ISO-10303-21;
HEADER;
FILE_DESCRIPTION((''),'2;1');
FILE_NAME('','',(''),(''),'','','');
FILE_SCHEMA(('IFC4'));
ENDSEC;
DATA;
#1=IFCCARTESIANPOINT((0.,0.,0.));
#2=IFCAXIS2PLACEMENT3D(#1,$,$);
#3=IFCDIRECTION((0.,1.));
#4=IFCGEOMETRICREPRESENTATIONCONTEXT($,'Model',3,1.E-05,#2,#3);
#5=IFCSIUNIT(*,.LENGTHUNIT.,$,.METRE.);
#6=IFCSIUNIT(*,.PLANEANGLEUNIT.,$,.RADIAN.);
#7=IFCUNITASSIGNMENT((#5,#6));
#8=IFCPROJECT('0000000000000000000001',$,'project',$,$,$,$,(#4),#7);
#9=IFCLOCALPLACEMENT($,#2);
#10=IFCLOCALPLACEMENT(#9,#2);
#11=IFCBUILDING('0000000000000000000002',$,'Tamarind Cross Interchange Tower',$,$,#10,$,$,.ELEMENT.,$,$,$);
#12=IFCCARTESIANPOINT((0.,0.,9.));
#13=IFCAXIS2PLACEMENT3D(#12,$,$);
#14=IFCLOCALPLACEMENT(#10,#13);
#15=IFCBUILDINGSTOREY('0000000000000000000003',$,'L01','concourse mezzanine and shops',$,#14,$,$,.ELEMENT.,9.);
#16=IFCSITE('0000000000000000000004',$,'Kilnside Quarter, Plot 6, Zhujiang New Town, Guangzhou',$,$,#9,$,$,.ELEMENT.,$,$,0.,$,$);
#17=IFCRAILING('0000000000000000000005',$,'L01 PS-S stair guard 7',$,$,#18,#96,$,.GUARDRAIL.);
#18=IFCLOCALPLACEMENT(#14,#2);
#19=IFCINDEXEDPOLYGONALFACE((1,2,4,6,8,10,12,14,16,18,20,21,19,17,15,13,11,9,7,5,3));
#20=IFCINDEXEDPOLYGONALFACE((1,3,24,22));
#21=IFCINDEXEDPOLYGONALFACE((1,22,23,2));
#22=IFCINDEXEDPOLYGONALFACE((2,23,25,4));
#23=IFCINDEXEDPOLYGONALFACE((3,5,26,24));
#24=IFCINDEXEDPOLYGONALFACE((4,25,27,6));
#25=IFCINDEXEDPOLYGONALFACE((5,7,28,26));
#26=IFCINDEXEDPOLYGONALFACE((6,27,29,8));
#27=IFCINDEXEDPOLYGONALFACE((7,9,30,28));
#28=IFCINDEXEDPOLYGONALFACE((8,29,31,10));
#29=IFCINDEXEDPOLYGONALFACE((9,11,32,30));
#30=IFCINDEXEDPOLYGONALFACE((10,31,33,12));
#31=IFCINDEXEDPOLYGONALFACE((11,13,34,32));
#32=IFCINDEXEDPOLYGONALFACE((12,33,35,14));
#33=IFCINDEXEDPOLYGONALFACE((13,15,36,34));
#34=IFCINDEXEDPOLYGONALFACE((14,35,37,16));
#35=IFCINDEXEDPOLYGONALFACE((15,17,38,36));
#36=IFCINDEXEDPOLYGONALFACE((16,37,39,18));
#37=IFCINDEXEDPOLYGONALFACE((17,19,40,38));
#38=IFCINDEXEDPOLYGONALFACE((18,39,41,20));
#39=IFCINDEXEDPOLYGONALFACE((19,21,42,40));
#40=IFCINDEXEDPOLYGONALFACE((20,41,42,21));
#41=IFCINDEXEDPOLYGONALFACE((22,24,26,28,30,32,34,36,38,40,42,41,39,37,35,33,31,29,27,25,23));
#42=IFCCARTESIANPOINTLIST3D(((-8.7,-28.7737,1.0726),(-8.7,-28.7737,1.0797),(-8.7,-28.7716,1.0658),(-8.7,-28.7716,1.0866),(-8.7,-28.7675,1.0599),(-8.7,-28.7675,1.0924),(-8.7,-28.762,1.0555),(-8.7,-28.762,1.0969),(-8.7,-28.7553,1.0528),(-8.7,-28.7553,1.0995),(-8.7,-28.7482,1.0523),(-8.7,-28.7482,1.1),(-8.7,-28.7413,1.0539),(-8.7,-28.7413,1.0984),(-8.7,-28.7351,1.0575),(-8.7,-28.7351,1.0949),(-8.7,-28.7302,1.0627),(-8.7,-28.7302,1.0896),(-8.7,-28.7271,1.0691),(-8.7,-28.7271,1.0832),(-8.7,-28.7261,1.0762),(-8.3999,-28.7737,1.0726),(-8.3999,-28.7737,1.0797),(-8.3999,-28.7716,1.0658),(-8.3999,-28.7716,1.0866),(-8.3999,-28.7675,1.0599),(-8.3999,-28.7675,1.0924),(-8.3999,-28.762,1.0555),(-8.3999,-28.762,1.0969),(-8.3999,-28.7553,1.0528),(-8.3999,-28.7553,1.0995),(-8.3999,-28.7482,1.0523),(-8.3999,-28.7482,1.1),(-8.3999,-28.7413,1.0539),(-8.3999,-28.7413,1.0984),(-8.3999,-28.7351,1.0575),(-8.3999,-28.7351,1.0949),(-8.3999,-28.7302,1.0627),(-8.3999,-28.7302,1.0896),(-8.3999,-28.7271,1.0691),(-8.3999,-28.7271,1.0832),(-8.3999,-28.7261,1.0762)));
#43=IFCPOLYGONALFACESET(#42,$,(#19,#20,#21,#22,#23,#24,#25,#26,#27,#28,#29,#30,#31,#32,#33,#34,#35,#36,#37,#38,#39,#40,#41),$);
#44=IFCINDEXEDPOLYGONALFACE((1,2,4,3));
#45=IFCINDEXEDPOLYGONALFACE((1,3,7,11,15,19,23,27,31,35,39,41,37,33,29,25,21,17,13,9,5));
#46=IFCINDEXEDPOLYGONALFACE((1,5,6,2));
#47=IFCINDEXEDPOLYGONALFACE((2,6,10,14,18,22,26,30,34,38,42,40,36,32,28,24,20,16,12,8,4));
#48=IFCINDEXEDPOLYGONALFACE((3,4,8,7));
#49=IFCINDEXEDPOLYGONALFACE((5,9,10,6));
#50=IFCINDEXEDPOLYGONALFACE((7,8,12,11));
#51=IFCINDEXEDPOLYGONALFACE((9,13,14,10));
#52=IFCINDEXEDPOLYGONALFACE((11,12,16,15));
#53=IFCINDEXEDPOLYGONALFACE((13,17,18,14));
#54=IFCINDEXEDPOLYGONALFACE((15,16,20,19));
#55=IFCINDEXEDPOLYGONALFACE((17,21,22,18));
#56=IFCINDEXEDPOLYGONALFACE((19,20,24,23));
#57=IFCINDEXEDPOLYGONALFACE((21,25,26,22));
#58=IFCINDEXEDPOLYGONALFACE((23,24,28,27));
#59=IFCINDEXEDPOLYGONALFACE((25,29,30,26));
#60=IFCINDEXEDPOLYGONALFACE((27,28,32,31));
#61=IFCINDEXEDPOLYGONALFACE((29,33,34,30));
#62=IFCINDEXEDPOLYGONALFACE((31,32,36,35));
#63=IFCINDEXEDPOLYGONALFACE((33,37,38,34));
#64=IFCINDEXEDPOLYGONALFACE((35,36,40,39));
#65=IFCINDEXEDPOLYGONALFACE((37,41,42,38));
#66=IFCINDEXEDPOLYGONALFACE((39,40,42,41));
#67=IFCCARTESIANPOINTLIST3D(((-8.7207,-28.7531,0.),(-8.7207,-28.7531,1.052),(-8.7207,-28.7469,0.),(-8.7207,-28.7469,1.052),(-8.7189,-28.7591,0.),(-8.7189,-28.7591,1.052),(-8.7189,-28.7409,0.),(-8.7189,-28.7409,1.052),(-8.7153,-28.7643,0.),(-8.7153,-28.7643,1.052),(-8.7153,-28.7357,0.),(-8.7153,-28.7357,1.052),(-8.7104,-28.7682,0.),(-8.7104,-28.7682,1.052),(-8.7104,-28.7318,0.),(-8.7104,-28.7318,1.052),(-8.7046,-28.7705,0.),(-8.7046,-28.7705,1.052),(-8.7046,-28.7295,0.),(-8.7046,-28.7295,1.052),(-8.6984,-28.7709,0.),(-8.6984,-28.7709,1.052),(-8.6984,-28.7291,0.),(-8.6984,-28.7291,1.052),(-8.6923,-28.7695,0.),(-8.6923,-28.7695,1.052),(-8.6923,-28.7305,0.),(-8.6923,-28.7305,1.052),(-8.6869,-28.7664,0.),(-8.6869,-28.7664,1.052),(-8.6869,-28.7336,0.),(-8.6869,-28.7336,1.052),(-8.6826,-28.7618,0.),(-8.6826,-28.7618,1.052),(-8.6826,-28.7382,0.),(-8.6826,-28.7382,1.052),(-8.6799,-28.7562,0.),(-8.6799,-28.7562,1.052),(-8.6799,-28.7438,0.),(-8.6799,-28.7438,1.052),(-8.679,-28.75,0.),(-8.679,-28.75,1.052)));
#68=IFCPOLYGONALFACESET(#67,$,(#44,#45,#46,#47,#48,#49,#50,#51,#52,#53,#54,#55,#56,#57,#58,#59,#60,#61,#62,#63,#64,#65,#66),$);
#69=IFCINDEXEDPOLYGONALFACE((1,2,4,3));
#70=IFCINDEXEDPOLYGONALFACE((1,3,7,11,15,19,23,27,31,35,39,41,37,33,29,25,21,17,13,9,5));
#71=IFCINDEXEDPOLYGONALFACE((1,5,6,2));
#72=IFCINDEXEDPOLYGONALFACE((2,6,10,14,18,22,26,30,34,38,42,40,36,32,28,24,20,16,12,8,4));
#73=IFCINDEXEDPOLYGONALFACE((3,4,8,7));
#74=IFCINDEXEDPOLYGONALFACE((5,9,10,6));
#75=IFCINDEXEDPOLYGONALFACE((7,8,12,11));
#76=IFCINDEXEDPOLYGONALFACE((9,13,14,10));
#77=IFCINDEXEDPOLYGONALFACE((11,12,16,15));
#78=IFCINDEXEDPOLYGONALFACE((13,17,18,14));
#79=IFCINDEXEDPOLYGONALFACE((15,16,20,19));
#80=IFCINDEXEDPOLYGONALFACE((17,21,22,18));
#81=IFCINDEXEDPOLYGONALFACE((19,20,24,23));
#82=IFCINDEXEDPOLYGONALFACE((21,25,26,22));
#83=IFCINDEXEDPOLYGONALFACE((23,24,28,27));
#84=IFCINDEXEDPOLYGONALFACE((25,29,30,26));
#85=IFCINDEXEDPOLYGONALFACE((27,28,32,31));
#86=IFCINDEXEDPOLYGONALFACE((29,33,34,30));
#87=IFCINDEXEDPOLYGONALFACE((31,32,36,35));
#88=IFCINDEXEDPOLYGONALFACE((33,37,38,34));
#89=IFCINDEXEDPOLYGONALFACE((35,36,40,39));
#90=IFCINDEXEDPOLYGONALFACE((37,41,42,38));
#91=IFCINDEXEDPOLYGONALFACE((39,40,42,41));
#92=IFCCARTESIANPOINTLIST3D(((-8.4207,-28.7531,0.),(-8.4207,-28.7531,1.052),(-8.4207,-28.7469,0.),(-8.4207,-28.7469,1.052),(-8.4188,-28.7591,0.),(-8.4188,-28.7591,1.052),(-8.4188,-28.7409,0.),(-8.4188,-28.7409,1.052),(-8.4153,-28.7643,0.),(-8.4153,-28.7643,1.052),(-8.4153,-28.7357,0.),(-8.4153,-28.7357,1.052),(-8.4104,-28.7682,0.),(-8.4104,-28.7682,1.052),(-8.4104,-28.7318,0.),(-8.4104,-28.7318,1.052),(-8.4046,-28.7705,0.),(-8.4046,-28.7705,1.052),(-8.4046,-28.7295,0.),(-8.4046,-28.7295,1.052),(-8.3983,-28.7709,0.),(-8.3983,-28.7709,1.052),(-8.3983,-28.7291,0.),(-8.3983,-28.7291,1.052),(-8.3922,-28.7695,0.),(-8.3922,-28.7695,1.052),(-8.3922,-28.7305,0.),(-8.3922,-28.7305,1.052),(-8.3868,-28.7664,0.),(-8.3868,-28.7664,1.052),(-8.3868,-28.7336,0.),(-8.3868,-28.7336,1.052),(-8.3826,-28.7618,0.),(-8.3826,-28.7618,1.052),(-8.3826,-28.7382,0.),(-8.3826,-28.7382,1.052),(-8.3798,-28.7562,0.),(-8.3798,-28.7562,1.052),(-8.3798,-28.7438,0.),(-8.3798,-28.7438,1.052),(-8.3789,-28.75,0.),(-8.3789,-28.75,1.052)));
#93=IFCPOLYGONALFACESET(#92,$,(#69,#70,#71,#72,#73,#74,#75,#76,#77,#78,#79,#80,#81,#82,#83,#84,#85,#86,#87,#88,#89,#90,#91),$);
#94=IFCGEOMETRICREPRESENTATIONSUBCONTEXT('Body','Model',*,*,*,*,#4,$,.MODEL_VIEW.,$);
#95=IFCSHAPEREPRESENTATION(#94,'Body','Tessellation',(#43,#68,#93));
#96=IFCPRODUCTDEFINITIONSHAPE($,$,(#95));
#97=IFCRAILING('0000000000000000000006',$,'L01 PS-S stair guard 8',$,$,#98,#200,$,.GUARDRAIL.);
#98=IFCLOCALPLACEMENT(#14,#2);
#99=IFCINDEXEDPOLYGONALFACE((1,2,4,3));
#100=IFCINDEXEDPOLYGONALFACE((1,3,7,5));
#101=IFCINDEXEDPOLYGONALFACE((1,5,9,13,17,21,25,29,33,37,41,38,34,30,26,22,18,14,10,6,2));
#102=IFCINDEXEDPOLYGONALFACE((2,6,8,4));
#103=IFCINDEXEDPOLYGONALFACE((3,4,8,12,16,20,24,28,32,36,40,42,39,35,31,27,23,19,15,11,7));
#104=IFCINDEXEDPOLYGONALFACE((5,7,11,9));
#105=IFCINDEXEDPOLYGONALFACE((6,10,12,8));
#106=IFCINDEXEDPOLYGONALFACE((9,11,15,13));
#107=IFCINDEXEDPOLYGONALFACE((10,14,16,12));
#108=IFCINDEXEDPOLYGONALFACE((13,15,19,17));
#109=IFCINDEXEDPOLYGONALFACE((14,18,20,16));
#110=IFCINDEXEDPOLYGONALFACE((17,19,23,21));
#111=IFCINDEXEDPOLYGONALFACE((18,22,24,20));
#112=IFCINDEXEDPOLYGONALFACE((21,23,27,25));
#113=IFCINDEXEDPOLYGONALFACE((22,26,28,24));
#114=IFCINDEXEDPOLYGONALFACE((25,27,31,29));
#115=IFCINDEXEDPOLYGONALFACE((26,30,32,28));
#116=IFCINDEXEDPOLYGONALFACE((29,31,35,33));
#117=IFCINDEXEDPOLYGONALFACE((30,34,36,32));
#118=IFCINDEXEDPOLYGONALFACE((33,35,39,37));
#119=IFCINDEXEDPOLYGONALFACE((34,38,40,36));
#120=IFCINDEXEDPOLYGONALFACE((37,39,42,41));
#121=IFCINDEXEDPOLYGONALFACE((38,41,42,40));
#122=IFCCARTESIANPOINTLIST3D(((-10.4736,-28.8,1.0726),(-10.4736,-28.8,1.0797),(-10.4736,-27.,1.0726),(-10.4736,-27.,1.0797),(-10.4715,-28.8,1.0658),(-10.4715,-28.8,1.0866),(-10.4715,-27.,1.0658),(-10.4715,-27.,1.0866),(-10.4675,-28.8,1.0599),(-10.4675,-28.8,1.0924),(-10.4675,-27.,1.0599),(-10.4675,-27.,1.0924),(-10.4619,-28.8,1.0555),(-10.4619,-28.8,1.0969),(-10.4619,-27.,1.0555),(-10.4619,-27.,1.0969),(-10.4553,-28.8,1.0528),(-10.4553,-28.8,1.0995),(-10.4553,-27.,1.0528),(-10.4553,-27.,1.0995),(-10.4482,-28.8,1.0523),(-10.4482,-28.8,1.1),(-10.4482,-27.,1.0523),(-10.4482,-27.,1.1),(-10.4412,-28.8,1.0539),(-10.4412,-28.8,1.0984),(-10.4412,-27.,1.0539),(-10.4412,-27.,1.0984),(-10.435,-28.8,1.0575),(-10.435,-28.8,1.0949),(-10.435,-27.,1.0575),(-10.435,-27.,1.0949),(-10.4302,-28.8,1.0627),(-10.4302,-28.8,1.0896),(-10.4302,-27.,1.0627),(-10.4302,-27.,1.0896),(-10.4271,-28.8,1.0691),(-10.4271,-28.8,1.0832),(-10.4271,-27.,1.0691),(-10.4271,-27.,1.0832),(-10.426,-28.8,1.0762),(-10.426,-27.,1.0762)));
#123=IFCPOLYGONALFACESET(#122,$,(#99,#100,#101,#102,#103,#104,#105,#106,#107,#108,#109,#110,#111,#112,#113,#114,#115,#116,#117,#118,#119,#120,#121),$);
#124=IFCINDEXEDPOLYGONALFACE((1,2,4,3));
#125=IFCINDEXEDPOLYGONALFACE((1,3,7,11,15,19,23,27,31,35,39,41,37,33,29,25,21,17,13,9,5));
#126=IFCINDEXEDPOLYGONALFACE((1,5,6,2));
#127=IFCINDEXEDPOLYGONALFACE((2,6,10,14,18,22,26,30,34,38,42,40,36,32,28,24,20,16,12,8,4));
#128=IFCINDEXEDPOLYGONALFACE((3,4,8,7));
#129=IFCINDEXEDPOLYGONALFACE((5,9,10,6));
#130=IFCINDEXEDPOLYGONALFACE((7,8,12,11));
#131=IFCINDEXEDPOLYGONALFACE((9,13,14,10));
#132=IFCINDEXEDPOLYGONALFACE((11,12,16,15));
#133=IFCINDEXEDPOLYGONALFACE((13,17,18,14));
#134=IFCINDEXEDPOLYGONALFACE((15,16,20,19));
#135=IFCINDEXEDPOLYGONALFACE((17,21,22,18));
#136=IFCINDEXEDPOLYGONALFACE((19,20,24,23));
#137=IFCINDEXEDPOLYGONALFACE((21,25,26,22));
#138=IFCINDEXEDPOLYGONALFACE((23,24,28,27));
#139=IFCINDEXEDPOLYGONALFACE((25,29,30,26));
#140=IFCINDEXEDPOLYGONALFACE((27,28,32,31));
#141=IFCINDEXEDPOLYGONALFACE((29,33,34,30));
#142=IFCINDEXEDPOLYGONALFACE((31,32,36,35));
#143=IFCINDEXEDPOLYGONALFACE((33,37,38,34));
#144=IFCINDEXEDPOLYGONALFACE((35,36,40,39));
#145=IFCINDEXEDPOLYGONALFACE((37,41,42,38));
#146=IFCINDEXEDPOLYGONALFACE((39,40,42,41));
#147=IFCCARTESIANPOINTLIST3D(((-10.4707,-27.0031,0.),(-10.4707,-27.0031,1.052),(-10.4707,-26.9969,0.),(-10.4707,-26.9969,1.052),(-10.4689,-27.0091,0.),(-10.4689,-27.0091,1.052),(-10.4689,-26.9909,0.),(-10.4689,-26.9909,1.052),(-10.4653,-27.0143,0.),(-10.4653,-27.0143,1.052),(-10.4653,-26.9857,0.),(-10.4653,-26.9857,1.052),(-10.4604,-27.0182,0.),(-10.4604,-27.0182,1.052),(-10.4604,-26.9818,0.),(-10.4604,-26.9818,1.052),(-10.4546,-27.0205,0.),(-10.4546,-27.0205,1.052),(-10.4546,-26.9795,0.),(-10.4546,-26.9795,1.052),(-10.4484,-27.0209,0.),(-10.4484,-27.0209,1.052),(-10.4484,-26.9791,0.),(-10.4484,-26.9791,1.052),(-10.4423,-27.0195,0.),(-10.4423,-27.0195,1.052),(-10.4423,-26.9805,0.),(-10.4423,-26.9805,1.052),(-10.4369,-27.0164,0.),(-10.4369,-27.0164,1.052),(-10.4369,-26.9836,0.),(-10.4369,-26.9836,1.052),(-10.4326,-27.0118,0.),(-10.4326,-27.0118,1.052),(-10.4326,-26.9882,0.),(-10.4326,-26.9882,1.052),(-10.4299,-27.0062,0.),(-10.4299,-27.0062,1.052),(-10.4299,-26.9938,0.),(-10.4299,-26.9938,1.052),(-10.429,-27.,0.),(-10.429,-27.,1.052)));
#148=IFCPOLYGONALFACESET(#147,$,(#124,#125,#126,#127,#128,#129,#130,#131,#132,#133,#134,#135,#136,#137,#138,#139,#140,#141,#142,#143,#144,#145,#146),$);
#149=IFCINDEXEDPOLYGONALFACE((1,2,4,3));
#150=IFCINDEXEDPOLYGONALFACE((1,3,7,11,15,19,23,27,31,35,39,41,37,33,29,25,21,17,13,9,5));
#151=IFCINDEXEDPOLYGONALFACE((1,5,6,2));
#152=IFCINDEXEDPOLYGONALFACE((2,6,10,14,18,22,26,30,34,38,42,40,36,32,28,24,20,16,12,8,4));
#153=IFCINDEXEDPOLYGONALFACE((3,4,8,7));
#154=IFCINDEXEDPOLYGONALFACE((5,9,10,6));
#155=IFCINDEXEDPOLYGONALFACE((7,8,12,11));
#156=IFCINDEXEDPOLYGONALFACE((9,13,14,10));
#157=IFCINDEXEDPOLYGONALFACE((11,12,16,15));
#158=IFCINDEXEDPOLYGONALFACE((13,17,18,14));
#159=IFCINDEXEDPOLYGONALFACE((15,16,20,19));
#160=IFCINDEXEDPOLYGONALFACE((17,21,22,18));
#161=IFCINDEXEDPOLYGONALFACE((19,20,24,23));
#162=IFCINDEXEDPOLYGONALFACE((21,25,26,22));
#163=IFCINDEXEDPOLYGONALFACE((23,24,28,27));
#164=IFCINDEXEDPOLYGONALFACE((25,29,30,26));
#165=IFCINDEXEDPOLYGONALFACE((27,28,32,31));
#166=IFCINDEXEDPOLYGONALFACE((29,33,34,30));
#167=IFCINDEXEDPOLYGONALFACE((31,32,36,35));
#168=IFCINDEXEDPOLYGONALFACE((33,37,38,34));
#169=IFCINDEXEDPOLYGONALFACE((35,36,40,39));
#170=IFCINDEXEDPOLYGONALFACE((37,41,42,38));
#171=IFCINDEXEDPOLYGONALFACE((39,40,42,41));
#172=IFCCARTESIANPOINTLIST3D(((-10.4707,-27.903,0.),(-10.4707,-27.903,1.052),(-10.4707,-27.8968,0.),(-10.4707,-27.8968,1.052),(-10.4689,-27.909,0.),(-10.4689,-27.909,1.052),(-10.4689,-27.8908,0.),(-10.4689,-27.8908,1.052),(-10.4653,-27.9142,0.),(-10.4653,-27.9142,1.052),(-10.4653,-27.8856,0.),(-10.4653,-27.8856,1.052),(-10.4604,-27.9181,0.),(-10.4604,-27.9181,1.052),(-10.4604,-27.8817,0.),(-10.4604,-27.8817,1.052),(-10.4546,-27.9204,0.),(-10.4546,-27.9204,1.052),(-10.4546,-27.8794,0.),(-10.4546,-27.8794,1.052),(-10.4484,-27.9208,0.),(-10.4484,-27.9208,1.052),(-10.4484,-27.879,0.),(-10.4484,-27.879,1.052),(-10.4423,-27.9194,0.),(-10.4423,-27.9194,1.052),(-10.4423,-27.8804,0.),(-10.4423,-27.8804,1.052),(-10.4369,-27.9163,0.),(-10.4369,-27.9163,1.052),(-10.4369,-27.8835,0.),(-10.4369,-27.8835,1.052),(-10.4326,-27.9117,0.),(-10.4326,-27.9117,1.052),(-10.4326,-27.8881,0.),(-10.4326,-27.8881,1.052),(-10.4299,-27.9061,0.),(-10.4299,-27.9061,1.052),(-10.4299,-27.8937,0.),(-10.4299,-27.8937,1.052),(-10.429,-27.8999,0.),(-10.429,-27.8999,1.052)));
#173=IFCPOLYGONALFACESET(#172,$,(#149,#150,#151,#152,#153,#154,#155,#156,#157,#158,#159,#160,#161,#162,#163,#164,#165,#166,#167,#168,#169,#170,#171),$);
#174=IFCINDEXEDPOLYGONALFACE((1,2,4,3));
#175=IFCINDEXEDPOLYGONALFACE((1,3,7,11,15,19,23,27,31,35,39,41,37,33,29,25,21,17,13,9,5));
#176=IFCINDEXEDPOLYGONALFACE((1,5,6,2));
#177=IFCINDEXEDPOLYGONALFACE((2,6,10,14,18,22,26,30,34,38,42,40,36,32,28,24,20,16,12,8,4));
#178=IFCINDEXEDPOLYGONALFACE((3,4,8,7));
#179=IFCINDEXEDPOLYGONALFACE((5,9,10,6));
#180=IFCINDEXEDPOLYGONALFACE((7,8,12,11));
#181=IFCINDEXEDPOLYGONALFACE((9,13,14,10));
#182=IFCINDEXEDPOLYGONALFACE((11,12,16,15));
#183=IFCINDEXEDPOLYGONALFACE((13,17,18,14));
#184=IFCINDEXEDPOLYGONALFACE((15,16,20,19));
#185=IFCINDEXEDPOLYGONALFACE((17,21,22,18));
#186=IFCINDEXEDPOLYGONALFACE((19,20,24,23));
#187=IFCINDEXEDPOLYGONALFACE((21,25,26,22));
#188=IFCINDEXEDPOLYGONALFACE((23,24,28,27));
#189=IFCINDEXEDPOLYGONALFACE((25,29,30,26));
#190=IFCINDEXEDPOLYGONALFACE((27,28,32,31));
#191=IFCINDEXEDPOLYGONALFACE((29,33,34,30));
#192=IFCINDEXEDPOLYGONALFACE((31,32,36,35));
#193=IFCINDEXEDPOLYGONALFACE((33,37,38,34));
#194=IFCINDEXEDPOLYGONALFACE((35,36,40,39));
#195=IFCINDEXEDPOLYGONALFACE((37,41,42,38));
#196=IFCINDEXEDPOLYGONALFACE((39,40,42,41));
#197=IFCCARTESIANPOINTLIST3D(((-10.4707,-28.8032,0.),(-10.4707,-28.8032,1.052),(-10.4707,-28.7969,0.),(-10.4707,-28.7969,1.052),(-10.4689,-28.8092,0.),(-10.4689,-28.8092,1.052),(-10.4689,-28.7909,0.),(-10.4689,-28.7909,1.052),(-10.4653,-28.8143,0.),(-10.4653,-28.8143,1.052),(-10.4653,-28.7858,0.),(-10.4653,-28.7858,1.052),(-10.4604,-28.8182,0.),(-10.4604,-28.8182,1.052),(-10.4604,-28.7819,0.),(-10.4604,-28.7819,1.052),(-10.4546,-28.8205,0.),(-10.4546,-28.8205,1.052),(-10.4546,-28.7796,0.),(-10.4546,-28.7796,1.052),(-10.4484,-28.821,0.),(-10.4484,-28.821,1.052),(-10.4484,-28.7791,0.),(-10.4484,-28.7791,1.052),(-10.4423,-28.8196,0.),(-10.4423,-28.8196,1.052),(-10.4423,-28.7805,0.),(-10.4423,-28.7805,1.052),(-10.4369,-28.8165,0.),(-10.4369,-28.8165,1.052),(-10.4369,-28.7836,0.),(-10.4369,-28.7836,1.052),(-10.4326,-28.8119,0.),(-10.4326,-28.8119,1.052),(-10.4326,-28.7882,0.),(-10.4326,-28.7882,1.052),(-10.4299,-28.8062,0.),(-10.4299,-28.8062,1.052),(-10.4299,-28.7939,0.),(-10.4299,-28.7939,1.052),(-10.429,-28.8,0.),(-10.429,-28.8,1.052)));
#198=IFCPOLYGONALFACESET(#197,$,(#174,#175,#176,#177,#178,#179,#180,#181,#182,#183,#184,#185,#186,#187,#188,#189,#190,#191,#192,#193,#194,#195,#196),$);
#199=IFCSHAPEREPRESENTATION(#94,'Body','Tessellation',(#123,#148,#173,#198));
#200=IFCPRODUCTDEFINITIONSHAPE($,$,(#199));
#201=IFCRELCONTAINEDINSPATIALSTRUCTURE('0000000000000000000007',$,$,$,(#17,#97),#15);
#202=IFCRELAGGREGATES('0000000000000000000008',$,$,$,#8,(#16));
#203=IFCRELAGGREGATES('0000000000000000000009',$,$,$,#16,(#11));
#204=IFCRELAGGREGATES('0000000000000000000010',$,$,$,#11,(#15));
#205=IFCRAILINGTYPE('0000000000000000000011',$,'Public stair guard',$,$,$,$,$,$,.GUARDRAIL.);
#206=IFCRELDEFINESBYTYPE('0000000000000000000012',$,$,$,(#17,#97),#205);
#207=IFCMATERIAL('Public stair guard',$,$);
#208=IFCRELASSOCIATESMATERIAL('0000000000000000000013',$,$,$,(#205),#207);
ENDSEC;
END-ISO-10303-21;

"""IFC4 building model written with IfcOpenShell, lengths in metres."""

from ifc_helpers import new_model, si_unit, direction, frame, origin, origin_2d, place, context, subcontext, project, spatial, circle, extrude, material, type_object, element, save


model = new_model("IFC4")

# Units and contexts
model_context = context("Model", 3, precision=1e-05, world=origin(), true_north=direction((0.0, 1.0)))
body_context = subcontext(model_context, "Body", "Model", "MODEL_VIEW")
ifc_project = project(units=[si_unit("LENGTHUNIT", "METRE"), si_unit("PLANEANGLEUNIT", "RADIAN")], contexts=[model_context])

# Site, building, storey
site_placement = place(None, origin())
site = spatial("IfcSite", under=ifc_project, at=site_placement, Name="Kilnside Quarter, Plot 6, Zhujiang New Town, Guangzhou", CompositionType="ELEMENT", RefElevation=0.0)
building_placement = place(site_placement, origin())
building = spatial("IfcBuilding", under=site, at=building_placement, Name="Tamarind Cross Interchange Tower", CompositionType="ELEMENT")
storey_placement = place(building_placement, frame((0.0, 0.0, 9.0)))
storey = spatial("IfcBuildingStorey", under=building, at=storey_placement, Name="L01", Description="concourse mezzanine and shops", CompositionType="ELEMENT", Elevation=9.0)

# Railings
ifc_material_1 = material(Name="Public stair guard")
railing_type_1 = type_object("IfcRailingType", Name="Public stair guard", PredefinedType="GUARDRAIL", material=ifc_material_1)
railing_1_placement = place(storey_placement, frame((-8.7, -28.75, 0.0)))
element("IfcRailing", 1, at=railing_1_placement, inside=storey, type_object=railing_type_1, Name="L01 PS-S stair guard 7", PredefinedType="GUARDRAIL", context=body_context, shape_type="SweptSolid", body=[
    extrude(circle(Radius=0.0239, at=origin_2d()), frame((0.0, 0.0, 1.0762), z_axis=(1.0, 0.0, 0.0), x_axis=(0.0, 1.0, 0.0)), (0.0, 0.0, 1.0), 0.3),
    extrude(circle(Radius=0.021, at=origin_2d()), origin(), (0.0, 0.0, 1.0), 1.052),
    extrude(circle(Radius=0.021, at=origin_2d()), frame((0.3, 0.0, 0.0)), (0.0, 0.0, 1.0), 1.052),
])
railing_2_placement = place(storey_placement, frame((-10.45, -27.0, 0.0)))
element("IfcRailing", 2, at=railing_2_placement, inside=storey, type_object=railing_type_1, Name="L01 PS-S stair guard 8", PredefinedType="GUARDRAIL", context=body_context, shape_type="SweptSolid", body=[
    extrude(circle(Radius=0.0239, at=origin_2d()), frame((0.0, 0.0, 1.0762), z_axis=(0.0, -1.0, 0.0), x_axis=(1.0, 0.0, 0.0)), (0.0, 0.0, 1.0), 1.8),
    extrude(circle(Radius=0.021, at=origin_2d()), origin(), (0.0, 0.0, 1.0), 1.052),
    extrude(circle(Radius=0.021, at=origin_2d()), frame((0.0, -0.8999, 0.0)), (0.0, 0.0, 1.0), 1.052),
    extrude(circle(Radius=0.021, at=origin_2d()), frame((0.0, -1.8, 0.0)), (0.0, 0.0, 1.0), 1.052),
])

save(model, "model.ifc")
